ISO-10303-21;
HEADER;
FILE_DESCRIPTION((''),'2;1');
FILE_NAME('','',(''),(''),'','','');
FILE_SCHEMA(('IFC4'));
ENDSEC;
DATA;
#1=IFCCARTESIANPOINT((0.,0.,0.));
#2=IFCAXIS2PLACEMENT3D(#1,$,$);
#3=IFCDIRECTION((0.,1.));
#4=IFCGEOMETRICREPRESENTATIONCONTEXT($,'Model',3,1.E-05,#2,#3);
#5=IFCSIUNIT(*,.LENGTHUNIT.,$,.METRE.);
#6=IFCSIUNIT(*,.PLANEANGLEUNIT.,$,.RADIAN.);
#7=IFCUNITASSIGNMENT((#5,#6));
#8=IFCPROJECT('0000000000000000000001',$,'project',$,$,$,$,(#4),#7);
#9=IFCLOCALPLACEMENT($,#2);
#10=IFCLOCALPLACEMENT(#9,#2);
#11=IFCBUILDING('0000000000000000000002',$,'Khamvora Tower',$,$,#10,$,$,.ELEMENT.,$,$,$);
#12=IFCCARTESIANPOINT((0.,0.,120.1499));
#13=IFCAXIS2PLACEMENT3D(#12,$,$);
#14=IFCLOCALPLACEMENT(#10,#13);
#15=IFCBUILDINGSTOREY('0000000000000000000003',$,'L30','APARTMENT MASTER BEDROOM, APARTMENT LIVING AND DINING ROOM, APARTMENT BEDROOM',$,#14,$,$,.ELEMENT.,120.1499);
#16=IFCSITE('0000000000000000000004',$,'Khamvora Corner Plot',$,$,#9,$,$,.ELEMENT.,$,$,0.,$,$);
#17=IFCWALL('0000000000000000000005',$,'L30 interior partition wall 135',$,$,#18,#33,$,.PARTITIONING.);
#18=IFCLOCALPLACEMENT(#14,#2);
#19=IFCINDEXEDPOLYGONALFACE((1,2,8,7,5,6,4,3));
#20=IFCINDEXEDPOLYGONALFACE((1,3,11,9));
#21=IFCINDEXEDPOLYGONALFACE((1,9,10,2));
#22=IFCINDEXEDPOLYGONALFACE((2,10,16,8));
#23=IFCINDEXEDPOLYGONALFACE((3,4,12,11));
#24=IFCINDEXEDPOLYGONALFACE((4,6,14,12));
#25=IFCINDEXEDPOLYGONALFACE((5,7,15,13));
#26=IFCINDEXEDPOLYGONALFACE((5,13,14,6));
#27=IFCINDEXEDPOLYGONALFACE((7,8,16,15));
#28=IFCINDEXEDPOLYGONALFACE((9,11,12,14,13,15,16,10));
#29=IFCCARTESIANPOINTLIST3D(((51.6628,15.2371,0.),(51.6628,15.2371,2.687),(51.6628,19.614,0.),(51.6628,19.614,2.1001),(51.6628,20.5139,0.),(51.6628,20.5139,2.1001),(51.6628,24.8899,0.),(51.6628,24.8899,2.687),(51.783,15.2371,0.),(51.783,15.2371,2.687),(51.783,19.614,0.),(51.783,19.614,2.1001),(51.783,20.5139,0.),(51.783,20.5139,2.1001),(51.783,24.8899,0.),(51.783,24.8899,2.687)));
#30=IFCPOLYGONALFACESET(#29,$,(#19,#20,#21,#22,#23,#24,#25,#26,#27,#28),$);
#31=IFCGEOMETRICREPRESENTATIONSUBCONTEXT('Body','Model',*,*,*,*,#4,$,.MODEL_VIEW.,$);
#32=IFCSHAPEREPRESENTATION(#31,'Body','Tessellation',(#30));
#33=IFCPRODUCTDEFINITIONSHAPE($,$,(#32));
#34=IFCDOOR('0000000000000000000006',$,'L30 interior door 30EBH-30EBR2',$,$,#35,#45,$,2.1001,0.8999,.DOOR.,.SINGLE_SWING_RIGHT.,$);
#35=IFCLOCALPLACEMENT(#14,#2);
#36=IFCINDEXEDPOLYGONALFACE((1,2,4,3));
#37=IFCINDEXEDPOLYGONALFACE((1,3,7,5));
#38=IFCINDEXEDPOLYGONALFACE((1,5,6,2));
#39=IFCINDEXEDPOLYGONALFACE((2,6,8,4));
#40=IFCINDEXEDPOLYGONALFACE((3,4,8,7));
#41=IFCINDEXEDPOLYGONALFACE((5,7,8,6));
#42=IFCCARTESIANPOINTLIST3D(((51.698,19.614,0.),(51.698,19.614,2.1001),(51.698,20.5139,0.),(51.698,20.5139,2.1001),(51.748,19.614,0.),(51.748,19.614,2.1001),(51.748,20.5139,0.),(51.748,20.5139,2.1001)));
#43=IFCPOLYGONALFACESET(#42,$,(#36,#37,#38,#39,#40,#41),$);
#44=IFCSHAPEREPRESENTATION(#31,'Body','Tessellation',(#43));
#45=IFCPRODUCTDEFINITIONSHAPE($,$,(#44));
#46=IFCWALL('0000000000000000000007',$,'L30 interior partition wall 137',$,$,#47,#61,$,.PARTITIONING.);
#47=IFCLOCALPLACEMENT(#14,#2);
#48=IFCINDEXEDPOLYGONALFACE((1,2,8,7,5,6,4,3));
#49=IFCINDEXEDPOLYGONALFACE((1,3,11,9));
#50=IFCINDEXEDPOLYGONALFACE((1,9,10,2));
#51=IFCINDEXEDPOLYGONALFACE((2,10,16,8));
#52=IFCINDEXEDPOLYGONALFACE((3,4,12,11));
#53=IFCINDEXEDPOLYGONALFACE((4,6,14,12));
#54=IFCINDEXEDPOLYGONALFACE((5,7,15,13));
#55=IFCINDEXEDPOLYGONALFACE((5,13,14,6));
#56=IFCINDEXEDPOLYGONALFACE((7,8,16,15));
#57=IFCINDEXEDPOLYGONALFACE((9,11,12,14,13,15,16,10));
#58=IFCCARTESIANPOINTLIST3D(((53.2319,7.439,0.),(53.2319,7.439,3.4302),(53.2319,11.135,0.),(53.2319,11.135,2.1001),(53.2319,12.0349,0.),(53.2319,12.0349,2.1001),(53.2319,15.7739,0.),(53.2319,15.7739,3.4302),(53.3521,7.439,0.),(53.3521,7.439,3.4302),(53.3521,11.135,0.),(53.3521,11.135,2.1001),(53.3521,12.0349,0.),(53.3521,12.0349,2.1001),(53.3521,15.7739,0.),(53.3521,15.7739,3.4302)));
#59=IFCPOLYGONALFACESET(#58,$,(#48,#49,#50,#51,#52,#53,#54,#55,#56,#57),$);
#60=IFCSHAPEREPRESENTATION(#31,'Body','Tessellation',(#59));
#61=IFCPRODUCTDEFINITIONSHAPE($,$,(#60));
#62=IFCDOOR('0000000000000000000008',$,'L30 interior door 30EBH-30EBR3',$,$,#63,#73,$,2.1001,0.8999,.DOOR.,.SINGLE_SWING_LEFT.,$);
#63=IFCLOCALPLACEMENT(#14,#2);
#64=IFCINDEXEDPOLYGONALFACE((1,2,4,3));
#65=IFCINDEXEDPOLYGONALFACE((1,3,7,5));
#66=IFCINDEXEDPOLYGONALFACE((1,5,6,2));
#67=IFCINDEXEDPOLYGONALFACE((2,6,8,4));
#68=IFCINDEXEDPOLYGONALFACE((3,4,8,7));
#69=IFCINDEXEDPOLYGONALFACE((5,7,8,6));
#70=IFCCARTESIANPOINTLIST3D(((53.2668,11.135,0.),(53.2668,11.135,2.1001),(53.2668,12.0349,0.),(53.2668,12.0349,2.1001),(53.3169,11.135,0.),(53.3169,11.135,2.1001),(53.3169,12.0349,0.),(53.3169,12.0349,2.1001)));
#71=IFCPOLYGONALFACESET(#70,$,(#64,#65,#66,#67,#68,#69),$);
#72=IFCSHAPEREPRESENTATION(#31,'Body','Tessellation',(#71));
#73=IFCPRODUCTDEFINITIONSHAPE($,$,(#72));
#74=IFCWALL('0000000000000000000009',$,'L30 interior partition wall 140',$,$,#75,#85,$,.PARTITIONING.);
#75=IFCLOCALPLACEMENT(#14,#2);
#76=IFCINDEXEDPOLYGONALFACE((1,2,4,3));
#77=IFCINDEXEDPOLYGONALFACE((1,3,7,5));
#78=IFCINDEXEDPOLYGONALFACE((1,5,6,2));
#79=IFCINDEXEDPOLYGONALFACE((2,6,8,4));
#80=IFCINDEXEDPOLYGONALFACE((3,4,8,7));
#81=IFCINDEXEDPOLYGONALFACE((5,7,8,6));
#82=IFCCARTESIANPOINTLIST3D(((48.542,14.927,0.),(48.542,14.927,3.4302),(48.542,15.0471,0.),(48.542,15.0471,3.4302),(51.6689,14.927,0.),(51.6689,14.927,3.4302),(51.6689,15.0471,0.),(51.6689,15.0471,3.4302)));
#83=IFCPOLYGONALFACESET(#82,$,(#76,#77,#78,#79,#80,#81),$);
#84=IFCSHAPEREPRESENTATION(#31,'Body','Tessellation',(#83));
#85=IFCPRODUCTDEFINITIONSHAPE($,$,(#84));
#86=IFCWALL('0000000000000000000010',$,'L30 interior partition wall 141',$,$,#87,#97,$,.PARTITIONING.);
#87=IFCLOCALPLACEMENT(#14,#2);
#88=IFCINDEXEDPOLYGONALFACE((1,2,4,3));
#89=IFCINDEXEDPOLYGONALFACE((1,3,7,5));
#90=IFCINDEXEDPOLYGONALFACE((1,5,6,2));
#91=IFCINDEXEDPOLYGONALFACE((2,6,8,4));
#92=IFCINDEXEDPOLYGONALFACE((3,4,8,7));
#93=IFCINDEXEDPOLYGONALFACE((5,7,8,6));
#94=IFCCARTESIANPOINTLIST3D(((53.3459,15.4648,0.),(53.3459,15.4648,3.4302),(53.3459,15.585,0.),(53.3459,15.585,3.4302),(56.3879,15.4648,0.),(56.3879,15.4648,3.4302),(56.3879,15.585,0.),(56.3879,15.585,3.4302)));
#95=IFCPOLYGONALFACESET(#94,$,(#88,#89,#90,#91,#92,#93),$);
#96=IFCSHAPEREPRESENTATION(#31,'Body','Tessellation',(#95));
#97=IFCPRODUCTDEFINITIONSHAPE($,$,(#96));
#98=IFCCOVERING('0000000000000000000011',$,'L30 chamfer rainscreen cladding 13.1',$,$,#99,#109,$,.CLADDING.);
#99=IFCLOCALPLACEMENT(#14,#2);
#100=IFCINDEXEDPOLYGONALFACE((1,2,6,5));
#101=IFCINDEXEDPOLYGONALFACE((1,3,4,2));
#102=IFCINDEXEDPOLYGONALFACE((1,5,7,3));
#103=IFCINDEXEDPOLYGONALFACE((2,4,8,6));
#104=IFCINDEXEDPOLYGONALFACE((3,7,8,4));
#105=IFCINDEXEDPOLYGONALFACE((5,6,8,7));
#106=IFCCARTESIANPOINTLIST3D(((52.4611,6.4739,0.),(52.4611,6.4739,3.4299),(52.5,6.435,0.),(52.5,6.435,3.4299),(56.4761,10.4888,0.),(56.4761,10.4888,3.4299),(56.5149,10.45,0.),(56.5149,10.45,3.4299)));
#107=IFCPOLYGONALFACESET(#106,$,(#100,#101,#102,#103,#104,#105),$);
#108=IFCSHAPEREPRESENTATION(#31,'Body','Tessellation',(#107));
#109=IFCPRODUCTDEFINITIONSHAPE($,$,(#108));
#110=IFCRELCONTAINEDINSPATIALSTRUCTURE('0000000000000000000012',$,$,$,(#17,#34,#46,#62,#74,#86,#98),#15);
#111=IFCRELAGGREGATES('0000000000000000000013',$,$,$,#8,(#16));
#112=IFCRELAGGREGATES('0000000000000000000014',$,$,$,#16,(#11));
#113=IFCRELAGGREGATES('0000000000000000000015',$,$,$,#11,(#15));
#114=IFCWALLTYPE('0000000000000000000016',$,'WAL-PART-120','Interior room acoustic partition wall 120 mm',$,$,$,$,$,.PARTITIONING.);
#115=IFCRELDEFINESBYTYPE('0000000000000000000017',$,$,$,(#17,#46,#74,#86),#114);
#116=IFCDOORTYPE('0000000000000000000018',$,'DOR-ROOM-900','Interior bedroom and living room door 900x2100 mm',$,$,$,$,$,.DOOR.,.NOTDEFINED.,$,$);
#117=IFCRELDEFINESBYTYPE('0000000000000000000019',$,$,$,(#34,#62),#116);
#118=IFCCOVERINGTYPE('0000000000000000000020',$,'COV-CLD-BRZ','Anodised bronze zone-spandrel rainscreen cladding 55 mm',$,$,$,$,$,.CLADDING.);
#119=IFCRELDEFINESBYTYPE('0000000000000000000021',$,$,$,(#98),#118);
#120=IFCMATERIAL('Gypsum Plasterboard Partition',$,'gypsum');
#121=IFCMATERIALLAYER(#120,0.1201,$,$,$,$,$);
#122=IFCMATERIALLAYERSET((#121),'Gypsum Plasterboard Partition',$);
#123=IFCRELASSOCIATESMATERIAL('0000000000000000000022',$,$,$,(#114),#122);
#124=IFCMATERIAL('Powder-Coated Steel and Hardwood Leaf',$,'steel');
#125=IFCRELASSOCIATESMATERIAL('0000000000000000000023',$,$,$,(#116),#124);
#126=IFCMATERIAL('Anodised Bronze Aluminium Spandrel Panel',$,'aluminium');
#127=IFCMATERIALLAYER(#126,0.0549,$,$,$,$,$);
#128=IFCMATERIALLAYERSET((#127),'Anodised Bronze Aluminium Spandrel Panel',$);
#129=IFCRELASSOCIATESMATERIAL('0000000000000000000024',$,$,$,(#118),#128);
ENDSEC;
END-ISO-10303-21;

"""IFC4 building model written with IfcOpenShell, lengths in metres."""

from ifc_helpers import new_model, si_unit, direction, frame, frame_2d, origin, origin_2d, place, context, subcontext, project, spatial, rectangle, extrude, material, layer, layer_set, type_object, element, fill, save


model = new_model("IFC4")

# Units and contexts
model_context = context("Model", 3, precision=1e-05, world=origin(), true_north=direction((0.0, 1.0)))
body_context = subcontext(model_context, "Body", "Model", "MODEL_VIEW")
ifc_project = project(units=[si_unit("LENGTHUNIT", "METRE"), si_unit("PLANEANGLEUNIT", "RADIAN")], contexts=[model_context])

# Site, building, storey
site_placement = place(None, origin())
site = spatial("IfcSite", under=ifc_project, at=site_placement, Name="Khamvora Corner Plot", CompositionType="ELEMENT", RefElevation=0.0)
building_placement = place(site_placement, origin())
building = spatial("IfcBuilding", under=site, at=building_placement, Name="Khamvora Tower", CompositionType="ELEMENT")
storey_placement = place(building_placement, frame((0.0, 0.0, 120.1499)))
storey = spatial("IfcBuildingStorey", under=building, at=storey_placement, Name="L30", Description="APARTMENT MASTER BEDROOM, APARTMENT LIVING AND DINING ROOM, APARTMENT BEDROOM", CompositionType="ELEMENT", Elevation=120.1499)

# Walls, openings, doors
ifc_material_1 = material(Name="Gypsum Plasterboard Partition", Category="gypsum")
ifc_layer_1 = layer(ifc_material_1, 0.1201)
ifc_layer_set_1 = layer_set([ifc_layer_1], Name="Gypsum Plasterboard Partition")
wall_type_1 = type_object("IfcWallType", Name="WAL-PART-120", Description="Interior room acoustic partition wall 120 mm", PredefinedType="PARTITIONING", material=ifc_layer_set_1)
ifc_material_2 = material(Name="Powder-Coated Steel and Hardwood Leaf", Category="steel")
door_type = type_object("IfcDoorType", Name="DOR-ROOM-900", Description="Interior bedroom and living room door 900x2100 mm", OperationType="NOTDEFINED", PredefinedType="DOOR", material=ifc_material_2)
wall_1_placement = place(storey_placement, frame((51.7229, 15.2371, 0.0), z_axis=(0.0, 0.0, 1.0), x_axis=(0.0, 1.0, 0.0)))
wall_1 = element("IfcWall", 1, at=wall_1_placement, inside=storey, type_object=wall_type_1, Name="L30 interior partition wall 135", PredefinedType="PARTITIONING", context=body_context, shape_type="SweptSolid", body=[
    extrude(rectangle(XDim=9.6528, YDim=0.1201, at=frame_2d((4.8264, 0.0))), origin(), (0.0, 0.0, 1.0), 2.687),
])
opening_1_placement = place(wall_1_placement, frame((4.377, 0.0, 0.0)))
opening_1 = element("IfcOpeningElement", 2, at=opening_1_placement, cuts=wall_1, PredefinedType="OPENING", context=body_context, shape_type="SweptSolid", body=[
    extrude(rectangle(XDim=0.8999, YDim=2.1001, at=frame_2d((0.45, 1.05))), frame((0.0, 0.0701, 0.0), z_axis=(0.0, -1.0, 0.0), x_axis=(1.0, 0.0, 0.0)), (0.0, 0.0, 1.0), 0.1401),
])
door_1_placement = place(opening_1_placement, origin())
door_1 = element("IfcDoor", 3, at=door_1_placement, inside=storey, type_object=door_type, Name="L30 interior door 30EBH-30EBR2", OperationType="SINGLE_SWING_RIGHT", OverallHeight=2.1001, OverallWidth=0.8999, PredefinedType="DOOR", context=body_context, shape_type="SweptSolid", body=[
    extrude(rectangle(XDim=0.8999, YDim=2.1001, at=frame_2d((0.45, 1.05))), frame((0.0, 0.0249, 0.0), z_axis=(0.0, -1.0, 0.0), x_axis=(1.0, 0.0, 0.0)), (0.0, 0.0, 1.0), 0.05),
])
fill(opening_1, door_1)
wall_2_placement = place(storey_placement, frame((53.292, 15.7739, 0.0), z_axis=(0.0, 0.0, 1.0), x_axis=(0.0, -1.0, 0.0)))
wall_2 = element("IfcWall", 4, at=wall_2_placement, inside=storey, type_object=wall_type_1, Name="L30 interior partition wall 137", PredefinedType="PARTITIONING", context=body_context, shape_type="SweptSolid", body=[
    extrude(rectangle(XDim=8.335, YDim=0.1201, at=frame_2d((4.1675, 0.0))), origin(), (0.0, 0.0, 1.0), 3.4302),
])
opening_2_placement = place(wall_2_placement, frame((3.739, 0.0, 0.0)))
opening_2 = element("IfcOpeningElement", 5, at=opening_2_placement, cuts=wall_2, PredefinedType="OPENING", context=body_context, shape_type="SweptSolid", body=[
    extrude(rectangle(XDim=0.8999, YDim=2.1001, at=frame_2d((0.45, 1.05))), frame((0.0, 0.0701, 0.0), z_axis=(0.0, -1.0, 0.0), x_axis=(1.0, 0.0, 0.0)), (0.0, 0.0, 1.0), 0.1401),
])
door_2_placement = place(opening_2_placement, origin())
door_2 = element("IfcDoor", 6, at=door_2_placement, inside=storey, type_object=door_type, Name="L30 interior door 30EBH-30EBR3", OperationType="SINGLE_SWING_LEFT", OverallHeight=2.1001, OverallWidth=0.8999, PredefinedType="DOOR", context=body_context, shape_type="SweptSolid", body=[
    extrude(rectangle(XDim=0.8999, YDim=2.1001, at=frame_2d((0.45, 1.05))), frame((0.0, 0.0249, 0.0), z_axis=(0.0, -1.0, 0.0), x_axis=(1.0, 0.0, 0.0)), (0.0, 0.0, 1.0), 0.05),
])
fill(opening_2, door_2)

# Walls
wall_3_placement = place(storey_placement, frame((48.542, 14.9871, 0.0), z_axis=(0.0, 0.0, 1.0), x_axis=(1.0, 0.0, 0.0)))
element("IfcWall", 7, at=wall_3_placement, inside=storey, type_object=wall_type_1, Name="L30 interior partition wall 140", PredefinedType="PARTITIONING", context=body_context, shape_type="SweptSolid", body=[
    extrude(rectangle(XDim=3.127, YDim=0.1201, at=frame_2d((1.5635, 0.0))), origin(), (0.0, 0.0, 1.0), 3.4302),
])
wall_4_placement = place(storey_placement, frame((53.3459, 15.5249, 0.0), z_axis=(0.0, 0.0, 1.0), x_axis=(1.0, 0.0, 0.0)))
element("IfcWall", 8, at=wall_4_placement, inside=storey, type_object=wall_type_1, Name="L30 interior partition wall 141", PredefinedType="PARTITIONING", context=body_context, shape_type="SweptSolid", body=[
    extrude(rectangle(XDim=3.042, YDim=0.1201, at=frame_2d((1.521, 0.0))), origin(), (0.0, 0.0, 1.0), 3.4302),
])

# Covering
ifc_material_3 = material(Name="Anodised Bronze Aluminium Spandrel Panel", Category="aluminium")
ifc_layer_2 = layer(ifc_material_3, 0.0549)
ifc_layer_set_2 = layer_set([ifc_layer_2], Name="Anodised Bronze Aluminium Spandrel Panel")
covering_type = type_object("IfcCoveringType", Name="COV-CLD-BRZ", Description="Anodised bronze zone-spandrel rainscreen cladding 55 mm", PredefinedType="CLADDING", material=ifc_layer_set_2)
covering_placement = place(storey_placement, frame((54.488, 8.4619, 0.0), z_axis=(0.0, 0.0, 1.0), x_axis=(-0.707107, -0.707107, 0.0)))
element("IfcCovering", 9, at=covering_placement, inside=storey, type_object=covering_type, Name="L30 chamfer rainscreen cladding 13.1", PredefinedType="CLADDING", context=body_context, shape_type="SweptSolid", body=[
    extrude(rectangle(XDim=5.678, YDim=0.0549, at=origin_2d()), origin(), (0.0, 0.0, 1.0), 3.4299),
])

save(model, "model.ifc")
